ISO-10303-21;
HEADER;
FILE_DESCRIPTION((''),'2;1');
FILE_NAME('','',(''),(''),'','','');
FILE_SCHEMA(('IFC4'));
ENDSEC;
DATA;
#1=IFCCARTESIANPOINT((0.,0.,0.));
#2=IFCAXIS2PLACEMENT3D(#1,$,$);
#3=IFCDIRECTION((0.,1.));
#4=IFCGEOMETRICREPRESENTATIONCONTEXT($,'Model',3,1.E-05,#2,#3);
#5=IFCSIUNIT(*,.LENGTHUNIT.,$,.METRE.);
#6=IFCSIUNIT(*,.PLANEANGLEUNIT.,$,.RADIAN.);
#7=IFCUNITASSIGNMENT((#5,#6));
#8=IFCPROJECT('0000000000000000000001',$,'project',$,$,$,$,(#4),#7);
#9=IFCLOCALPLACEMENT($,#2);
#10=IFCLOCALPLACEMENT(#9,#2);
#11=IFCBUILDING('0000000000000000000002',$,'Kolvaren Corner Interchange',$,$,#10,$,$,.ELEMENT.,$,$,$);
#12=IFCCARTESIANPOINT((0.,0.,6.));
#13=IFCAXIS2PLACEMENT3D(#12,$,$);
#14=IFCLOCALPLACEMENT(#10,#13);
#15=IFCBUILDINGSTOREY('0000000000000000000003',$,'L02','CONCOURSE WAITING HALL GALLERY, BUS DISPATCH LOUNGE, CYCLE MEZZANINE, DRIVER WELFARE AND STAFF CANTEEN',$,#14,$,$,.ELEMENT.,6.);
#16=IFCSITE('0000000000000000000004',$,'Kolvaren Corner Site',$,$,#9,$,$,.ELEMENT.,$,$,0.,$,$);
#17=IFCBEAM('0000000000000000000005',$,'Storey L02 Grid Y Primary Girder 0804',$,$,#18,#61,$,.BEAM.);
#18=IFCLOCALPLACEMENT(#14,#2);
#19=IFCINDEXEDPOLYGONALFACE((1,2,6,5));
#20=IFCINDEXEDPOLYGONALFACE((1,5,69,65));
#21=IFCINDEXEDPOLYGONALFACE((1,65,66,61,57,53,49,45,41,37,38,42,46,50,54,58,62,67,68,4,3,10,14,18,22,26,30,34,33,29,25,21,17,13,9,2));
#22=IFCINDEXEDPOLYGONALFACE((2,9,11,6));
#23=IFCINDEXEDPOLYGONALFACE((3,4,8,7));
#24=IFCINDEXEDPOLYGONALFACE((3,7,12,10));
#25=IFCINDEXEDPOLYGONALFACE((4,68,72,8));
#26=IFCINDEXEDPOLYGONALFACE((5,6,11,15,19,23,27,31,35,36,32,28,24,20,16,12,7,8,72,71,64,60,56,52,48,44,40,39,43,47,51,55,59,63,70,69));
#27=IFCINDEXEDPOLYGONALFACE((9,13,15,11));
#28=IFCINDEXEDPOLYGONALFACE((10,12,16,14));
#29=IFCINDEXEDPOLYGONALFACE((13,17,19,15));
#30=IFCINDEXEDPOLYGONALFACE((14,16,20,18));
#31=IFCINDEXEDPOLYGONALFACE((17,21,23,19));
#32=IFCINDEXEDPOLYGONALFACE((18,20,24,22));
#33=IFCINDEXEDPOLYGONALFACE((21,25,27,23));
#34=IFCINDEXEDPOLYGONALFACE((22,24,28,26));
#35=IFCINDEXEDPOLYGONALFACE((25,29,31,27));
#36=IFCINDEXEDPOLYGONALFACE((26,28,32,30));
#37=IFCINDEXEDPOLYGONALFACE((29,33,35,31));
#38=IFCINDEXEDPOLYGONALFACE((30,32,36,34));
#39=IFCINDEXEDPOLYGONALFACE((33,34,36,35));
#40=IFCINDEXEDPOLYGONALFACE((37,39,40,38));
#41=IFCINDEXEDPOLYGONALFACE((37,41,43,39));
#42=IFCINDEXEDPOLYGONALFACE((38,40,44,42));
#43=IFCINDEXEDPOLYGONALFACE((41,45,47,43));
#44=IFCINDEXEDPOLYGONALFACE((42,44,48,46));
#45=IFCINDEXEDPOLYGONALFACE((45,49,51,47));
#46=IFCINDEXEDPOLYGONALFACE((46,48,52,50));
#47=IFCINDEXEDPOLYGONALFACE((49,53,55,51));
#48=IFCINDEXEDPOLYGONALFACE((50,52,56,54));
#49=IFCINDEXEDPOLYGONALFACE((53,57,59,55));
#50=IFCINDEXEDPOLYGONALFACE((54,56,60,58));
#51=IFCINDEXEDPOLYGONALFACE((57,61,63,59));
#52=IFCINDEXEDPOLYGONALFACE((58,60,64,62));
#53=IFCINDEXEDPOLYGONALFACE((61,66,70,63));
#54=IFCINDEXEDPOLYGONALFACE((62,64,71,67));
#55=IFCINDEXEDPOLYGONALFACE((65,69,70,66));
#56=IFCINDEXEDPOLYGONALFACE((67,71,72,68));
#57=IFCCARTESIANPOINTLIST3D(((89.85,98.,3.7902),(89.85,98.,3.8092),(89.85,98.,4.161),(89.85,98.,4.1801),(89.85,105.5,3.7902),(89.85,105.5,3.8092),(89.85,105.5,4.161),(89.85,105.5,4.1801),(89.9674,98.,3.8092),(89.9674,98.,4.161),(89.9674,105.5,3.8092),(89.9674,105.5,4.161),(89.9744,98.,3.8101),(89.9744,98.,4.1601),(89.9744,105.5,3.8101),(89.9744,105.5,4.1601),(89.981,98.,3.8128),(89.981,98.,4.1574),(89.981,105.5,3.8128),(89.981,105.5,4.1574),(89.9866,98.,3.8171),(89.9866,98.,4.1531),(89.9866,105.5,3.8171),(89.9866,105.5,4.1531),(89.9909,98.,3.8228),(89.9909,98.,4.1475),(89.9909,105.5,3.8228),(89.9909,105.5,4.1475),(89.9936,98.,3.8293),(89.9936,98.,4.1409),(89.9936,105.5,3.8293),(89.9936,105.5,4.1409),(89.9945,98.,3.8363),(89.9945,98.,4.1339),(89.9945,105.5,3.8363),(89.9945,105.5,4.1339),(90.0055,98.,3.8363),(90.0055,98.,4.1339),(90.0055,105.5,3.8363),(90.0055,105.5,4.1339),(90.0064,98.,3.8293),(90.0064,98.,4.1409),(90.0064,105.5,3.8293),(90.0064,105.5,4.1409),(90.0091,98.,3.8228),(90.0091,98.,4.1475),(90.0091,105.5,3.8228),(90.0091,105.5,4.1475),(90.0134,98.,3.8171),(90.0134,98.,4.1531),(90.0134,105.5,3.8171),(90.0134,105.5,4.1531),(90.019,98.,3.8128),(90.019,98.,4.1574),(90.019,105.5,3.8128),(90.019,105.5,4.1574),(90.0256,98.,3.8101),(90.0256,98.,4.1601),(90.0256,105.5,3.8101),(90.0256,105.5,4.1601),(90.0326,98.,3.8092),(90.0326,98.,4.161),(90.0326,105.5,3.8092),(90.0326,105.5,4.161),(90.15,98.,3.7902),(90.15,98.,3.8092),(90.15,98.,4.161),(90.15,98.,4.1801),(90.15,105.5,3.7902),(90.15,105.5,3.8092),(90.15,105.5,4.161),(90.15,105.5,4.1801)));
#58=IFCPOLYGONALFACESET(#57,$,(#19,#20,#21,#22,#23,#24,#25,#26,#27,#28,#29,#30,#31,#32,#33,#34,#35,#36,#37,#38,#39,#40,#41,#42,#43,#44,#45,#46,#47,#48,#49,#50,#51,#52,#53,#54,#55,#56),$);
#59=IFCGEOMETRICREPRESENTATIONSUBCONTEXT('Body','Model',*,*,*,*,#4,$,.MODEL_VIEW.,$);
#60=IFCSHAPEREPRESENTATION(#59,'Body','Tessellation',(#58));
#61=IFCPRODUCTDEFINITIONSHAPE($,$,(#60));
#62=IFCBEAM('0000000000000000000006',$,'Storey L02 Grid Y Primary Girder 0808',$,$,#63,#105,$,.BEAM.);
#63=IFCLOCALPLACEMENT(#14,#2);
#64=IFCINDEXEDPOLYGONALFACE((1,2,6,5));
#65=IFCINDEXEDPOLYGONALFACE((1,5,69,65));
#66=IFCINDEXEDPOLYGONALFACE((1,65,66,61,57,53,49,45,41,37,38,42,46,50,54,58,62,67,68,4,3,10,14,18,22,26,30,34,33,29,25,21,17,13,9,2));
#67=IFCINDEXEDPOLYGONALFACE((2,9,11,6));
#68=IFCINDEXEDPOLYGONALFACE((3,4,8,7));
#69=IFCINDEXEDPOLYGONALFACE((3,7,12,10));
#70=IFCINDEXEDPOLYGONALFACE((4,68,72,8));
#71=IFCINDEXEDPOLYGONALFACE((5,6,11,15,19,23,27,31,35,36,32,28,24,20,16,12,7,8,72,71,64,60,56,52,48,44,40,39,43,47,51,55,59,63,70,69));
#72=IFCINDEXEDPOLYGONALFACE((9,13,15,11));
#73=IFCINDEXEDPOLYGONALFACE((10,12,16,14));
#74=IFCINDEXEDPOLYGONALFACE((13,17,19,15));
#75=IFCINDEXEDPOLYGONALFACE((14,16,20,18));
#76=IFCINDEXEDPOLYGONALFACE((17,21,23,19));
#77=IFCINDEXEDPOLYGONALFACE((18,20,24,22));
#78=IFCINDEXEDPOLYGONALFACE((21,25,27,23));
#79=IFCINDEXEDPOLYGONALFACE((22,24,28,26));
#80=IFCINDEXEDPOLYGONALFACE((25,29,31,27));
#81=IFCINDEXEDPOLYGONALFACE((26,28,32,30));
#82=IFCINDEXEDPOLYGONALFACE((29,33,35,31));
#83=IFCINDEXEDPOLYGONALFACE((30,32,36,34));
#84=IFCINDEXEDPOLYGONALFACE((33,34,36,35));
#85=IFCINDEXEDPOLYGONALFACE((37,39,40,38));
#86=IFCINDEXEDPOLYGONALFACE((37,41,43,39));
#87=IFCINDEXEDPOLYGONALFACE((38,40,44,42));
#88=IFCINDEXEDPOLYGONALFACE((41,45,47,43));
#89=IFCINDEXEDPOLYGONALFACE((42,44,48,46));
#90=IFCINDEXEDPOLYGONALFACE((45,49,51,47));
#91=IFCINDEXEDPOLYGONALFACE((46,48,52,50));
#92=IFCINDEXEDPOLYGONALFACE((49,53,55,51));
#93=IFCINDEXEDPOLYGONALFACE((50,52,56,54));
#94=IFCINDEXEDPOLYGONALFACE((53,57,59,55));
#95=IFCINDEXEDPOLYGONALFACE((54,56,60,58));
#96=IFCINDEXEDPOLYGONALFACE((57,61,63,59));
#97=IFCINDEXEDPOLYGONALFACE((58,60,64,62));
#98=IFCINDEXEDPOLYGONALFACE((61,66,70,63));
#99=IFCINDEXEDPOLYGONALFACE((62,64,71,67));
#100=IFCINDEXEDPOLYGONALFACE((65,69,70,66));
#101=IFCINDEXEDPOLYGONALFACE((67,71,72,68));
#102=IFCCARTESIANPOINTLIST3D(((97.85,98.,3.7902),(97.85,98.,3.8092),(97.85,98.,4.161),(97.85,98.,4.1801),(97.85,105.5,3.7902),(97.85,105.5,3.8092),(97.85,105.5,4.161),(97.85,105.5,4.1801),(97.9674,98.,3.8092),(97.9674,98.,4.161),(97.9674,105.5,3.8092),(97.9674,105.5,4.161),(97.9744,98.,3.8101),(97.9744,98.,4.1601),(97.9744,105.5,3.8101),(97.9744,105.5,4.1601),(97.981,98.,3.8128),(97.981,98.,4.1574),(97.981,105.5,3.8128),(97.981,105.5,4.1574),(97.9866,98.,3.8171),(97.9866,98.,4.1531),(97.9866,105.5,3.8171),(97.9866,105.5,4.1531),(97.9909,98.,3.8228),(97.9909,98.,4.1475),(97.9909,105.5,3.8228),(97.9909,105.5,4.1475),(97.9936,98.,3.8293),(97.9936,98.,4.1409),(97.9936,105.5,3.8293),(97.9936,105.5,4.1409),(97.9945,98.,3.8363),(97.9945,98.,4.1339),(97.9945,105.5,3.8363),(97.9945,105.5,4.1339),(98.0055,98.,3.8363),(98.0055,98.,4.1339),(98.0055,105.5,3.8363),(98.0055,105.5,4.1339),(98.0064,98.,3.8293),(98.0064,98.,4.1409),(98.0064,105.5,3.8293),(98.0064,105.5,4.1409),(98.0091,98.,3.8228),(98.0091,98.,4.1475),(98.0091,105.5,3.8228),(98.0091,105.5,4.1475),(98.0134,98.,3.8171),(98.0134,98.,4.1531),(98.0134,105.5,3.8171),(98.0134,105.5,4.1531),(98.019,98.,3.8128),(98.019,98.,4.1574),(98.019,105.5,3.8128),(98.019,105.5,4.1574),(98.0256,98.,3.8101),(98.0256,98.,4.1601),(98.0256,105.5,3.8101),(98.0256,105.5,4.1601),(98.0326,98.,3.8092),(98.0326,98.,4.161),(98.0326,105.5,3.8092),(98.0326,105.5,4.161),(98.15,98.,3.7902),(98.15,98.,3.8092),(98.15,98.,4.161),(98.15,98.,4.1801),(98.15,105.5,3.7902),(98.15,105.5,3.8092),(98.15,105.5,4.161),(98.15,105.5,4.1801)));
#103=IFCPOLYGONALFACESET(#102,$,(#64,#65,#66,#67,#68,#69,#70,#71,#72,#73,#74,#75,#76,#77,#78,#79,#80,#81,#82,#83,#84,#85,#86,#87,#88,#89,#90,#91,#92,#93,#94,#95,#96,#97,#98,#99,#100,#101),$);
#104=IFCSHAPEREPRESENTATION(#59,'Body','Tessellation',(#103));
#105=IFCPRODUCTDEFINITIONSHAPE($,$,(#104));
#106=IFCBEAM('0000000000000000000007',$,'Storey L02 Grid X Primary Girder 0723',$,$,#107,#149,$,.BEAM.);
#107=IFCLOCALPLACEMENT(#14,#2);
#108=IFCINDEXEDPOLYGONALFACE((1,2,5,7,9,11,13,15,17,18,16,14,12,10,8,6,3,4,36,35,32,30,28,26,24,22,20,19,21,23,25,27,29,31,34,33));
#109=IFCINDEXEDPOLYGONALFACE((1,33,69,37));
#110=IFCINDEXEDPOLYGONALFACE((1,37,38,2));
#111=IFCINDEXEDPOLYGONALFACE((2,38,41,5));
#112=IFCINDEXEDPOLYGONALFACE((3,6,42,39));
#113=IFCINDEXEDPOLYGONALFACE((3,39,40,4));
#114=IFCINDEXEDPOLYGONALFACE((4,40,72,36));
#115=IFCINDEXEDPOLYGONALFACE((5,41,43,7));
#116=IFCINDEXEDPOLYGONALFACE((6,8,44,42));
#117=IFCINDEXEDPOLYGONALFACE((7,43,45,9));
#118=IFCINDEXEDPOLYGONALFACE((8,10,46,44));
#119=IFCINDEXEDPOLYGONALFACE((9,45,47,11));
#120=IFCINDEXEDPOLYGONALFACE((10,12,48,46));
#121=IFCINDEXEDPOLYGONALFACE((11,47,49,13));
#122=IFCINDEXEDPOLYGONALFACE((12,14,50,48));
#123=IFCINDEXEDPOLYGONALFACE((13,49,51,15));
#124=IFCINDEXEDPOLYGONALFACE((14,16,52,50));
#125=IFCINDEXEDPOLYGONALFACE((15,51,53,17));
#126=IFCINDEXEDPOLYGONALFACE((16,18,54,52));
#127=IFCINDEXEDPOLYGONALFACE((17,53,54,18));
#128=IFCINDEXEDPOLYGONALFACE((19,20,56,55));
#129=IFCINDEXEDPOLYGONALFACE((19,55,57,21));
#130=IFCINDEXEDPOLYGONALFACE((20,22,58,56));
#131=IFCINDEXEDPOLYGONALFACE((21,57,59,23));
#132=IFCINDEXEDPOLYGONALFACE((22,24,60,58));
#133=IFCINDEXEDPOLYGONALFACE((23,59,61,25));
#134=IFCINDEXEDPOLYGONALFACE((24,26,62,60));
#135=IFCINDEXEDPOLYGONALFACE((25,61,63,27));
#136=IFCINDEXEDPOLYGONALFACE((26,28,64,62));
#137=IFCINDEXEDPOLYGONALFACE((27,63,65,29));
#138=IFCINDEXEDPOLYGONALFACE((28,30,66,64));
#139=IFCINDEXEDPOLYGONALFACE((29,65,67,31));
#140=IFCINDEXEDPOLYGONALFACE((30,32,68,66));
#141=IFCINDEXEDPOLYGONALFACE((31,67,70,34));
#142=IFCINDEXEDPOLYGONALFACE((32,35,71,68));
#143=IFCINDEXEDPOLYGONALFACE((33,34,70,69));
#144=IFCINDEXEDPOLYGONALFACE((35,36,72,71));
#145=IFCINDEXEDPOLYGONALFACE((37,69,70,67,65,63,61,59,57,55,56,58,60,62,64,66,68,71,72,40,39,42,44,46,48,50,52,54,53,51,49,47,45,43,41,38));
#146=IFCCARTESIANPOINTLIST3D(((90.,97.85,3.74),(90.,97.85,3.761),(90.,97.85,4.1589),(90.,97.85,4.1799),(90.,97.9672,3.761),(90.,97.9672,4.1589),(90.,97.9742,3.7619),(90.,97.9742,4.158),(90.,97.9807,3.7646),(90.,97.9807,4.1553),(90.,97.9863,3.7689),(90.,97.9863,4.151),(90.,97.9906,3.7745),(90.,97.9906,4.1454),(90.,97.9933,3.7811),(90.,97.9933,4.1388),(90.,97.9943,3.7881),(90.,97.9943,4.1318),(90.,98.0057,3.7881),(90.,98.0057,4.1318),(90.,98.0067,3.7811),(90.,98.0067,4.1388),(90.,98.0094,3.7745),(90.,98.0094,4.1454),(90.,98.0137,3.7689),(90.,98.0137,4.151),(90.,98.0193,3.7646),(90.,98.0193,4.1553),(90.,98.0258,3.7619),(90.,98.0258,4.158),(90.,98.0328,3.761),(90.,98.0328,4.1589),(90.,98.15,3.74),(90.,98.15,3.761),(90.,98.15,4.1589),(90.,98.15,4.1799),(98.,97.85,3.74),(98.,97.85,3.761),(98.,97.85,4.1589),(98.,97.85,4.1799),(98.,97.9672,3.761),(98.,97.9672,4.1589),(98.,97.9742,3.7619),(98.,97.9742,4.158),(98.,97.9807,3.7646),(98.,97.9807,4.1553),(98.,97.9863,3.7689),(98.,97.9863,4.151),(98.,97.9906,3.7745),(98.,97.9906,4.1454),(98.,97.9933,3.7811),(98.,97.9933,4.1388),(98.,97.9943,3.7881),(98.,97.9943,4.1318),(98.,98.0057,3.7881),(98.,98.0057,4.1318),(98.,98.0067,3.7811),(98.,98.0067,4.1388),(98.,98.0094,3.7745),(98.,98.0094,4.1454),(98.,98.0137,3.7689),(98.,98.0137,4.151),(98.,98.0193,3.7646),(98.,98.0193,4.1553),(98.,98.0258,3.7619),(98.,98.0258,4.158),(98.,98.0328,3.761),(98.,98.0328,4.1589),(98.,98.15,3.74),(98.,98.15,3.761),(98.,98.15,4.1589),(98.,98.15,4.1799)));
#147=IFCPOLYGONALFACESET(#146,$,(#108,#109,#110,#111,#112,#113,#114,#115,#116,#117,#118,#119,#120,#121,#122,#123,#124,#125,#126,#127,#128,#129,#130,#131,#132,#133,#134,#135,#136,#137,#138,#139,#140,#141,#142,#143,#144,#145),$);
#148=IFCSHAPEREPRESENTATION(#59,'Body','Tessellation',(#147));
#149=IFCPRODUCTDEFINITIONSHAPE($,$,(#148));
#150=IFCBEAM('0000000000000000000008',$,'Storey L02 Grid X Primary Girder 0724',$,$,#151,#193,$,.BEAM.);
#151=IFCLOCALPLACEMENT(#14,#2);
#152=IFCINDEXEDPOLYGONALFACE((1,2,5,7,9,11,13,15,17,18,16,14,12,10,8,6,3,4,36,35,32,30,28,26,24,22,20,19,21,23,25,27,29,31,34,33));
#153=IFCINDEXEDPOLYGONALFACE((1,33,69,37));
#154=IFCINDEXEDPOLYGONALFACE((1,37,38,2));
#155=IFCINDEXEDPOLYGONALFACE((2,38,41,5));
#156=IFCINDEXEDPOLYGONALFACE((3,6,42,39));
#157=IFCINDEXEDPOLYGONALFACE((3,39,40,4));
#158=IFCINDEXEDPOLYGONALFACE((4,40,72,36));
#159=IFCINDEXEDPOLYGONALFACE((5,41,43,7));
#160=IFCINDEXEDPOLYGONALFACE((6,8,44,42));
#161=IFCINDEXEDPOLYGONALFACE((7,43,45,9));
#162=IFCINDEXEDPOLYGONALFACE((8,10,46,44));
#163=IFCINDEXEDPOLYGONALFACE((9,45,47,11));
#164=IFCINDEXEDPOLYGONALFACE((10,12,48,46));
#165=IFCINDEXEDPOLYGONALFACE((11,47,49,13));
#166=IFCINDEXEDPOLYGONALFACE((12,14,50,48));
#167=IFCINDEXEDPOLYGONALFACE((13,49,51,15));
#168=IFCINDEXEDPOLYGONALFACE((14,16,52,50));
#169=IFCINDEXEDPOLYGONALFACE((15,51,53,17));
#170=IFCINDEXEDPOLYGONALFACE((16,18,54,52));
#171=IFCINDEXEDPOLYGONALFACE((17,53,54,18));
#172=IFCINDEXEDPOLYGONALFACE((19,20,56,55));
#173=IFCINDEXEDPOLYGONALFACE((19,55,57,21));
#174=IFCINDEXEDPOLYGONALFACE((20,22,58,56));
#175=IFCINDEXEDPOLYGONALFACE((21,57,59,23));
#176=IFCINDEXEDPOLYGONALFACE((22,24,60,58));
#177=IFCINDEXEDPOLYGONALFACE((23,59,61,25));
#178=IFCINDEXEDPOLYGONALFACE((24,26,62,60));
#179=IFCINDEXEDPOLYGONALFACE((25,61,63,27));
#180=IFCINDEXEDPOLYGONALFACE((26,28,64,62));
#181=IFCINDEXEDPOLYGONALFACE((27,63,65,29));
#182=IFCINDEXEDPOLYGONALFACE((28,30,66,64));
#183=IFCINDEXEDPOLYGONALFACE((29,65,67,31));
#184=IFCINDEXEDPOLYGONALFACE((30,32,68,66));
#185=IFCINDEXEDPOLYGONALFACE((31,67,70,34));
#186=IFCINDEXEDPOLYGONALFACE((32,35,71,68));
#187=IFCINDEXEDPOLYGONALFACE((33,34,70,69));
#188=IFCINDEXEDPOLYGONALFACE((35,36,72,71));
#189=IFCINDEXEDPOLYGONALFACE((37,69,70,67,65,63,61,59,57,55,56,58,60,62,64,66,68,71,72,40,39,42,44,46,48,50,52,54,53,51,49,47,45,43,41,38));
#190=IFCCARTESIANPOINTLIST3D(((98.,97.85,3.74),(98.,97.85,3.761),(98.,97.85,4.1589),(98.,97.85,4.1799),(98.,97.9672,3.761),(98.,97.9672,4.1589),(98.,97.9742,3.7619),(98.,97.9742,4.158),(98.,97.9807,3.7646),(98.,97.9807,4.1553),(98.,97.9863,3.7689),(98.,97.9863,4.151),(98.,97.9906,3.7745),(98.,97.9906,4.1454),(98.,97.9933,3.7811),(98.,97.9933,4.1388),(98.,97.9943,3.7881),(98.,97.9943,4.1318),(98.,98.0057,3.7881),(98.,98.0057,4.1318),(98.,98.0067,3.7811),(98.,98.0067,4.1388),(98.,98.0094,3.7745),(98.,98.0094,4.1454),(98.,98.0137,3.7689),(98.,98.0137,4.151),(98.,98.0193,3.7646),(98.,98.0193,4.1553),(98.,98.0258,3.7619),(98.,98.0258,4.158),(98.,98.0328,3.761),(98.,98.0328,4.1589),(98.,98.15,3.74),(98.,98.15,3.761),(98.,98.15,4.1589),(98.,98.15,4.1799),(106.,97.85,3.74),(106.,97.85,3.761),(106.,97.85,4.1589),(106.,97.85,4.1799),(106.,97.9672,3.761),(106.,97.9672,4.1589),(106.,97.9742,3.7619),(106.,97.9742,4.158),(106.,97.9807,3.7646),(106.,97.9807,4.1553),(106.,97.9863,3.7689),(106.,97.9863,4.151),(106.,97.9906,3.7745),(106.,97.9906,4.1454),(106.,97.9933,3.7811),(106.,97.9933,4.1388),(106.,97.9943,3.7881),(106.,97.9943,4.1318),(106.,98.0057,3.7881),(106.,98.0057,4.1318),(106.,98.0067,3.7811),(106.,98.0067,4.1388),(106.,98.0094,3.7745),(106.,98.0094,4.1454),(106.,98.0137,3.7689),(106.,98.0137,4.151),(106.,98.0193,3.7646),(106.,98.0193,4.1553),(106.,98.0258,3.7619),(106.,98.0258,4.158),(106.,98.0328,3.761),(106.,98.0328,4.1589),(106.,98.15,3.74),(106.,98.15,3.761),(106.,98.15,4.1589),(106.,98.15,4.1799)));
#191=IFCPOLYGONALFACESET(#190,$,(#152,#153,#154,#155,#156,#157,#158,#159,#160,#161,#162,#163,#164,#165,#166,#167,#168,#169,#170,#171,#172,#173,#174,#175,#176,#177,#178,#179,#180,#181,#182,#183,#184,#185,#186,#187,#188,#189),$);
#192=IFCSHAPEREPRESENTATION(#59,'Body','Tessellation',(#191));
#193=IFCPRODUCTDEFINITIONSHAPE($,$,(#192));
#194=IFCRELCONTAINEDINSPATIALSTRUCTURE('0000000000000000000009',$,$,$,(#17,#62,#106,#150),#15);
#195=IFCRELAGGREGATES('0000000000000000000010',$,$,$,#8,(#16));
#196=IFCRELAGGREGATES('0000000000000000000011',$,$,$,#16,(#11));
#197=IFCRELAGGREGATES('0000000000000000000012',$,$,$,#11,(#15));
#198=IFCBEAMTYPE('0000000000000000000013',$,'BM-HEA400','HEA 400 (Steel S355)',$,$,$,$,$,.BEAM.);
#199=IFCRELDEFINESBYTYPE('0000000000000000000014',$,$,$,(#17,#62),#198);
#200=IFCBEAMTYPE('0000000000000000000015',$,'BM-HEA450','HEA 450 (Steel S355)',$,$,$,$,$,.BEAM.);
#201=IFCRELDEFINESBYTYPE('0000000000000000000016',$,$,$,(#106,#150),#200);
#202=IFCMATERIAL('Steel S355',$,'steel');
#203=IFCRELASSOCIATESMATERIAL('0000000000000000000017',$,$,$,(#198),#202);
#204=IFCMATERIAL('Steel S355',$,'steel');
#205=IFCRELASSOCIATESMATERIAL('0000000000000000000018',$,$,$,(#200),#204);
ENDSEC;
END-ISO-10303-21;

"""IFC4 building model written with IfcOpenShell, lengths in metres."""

from ifc_helpers import new_model, si_unit, direction, frame, origin, origin_2d, place, context, subcontext, project, spatial, i_section, extrude, material, material_profile, profile_set, type_object, element, save


model = new_model("IFC4")

# Units and contexts
model_context = context("Model", 3, precision=1e-05, world=origin(), true_north=direction((0.0, 1.0)))
body_context = subcontext(model_context, "Body", "Model", "MODEL_VIEW")
ifc_project = project(units=[si_unit("LENGTHUNIT", "METRE"), si_unit("PLANEANGLEUNIT", "RADIAN")], contexts=[model_context])

# Site, building, storey
site_placement = place(None, origin())
site = spatial("IfcSite", under=ifc_project, at=site_placement, Name="Kolvaren Corner Site", CompositionType="ELEMENT", RefElevation=0.0)
building_placement = place(site_placement, origin())
building = spatial("IfcBuilding", under=site, at=building_placement, Name="Kolvaren Corner Interchange", CompositionType="ELEMENT")
storey_placement = place(building_placement, frame((0.0, 0.0, 6.0)))
storey = spatial("IfcBuildingStorey", under=building, at=storey_placement, Name="L02", Description="CONCOURSE WAITING HALL GALLERY, BUS DISPATCH LOUNGE, CYCLE MEZZANINE, DRIVER WELFARE AND STAFF CANTEEN", CompositionType="ELEMENT", Elevation=6.0)

# Beams
ifc_material_1 = material(Name="Steel S355", Category="steel")
ifc_material_profile_1 = material_profile(ifc_material_1, i_section(OverallWidth=0.3, OverallDepth=0.3899, WebThickness=0.011, FlangeThickness=0.019, FilletRadius=0.0271, at=origin_2d()), Name="HEA 400")
ifc_profile_set_1 = profile_set([ifc_material_profile_1], Name="Steel S355")
beam_type_1 = type_object("IfcBeamType", Name="BM-HEA400", Description="HEA 400 (Steel S355)", PredefinedType="BEAM", material=ifc_profile_set_1)
for number, where, z_axis, x_axis, name in (
    (1, (90.0, 98.0, 3.9851), (0.0, 1.0, 0.0), (-1.0, 0.0, 0.0), "Storey L02 Grid Y Primary Girder 0804"),
    (2, (98.0, 98.0, 3.9851), (0.0, 1.0, 0.0), (-1.0, 0.0, 0.0), "Storey L02 Grid Y Primary Girder 0808"),
):
    element("IfcBeam", number, at=place(storey_placement, frame(where, z_axis=z_axis, x_axis=x_axis)), inside=storey, type_object=beam_type_1, Name=name, PredefinedType="BEAM", context=body_context, shape_type="SweptSolid", body=[
        extrude(i_section(OverallWidth=0.3, OverallDepth=0.3899, WebThickness=0.011, FlangeThickness=0.019, FilletRadius=0.0271, at=origin_2d()), origin(), (0.0, 0.0, 1.0), 7.5),
    ])
ifc_material_2 = material(Name="Steel S355", Category="steel")
ifc_material_profile_2 = material_profile(ifc_material_2, i_section(OverallWidth=0.3, OverallDepth=0.4399, WebThickness=0.0115, FlangeThickness=0.021, FilletRadius=0.0271, at=origin_2d()), Name="HEA 450")
ifc_profile_set_2 = profile_set([ifc_material_profile_2], Name="Steel S355")
beam_type_2 = type_object("IfcBeamType", Name="BM-HEA450", Description="HEA 450 (Steel S355)", PredefinedType="BEAM", material=ifc_profile_set_2)
for number, where, z_axis, x_axis, name in (
    (3, (90.0, 98.0, 3.96), (1.0, 0.0, 0.0), (0.0, 1.0, 0.0), "Storey L02 Grid X Primary Girder 0723"),
    (4, (98.0, 98.0, 3.96), (1.0, 0.0, 0.0), (0.0, 1.0, 0.0), "Storey L02 Grid X Primary Girder 0724"),
):
    element("IfcBeam", number, at=place(storey_placement, frame(where, z_axis=z_axis, x_axis=x_axis)), inside=storey, type_object=beam_type_2, Name=name, PredefinedType="BEAM", context=body_context, shape_type="SweptSolid", body=[
        extrude(i_section(OverallWidth=0.3, OverallDepth=0.4399, WebThickness=0.0115, FlangeThickness=0.021, FilletRadius=0.0271, at=origin_2d()), origin(), (0.0, 0.0, 1.0), 8.0),
    ])

save(model, "model.ifc")
